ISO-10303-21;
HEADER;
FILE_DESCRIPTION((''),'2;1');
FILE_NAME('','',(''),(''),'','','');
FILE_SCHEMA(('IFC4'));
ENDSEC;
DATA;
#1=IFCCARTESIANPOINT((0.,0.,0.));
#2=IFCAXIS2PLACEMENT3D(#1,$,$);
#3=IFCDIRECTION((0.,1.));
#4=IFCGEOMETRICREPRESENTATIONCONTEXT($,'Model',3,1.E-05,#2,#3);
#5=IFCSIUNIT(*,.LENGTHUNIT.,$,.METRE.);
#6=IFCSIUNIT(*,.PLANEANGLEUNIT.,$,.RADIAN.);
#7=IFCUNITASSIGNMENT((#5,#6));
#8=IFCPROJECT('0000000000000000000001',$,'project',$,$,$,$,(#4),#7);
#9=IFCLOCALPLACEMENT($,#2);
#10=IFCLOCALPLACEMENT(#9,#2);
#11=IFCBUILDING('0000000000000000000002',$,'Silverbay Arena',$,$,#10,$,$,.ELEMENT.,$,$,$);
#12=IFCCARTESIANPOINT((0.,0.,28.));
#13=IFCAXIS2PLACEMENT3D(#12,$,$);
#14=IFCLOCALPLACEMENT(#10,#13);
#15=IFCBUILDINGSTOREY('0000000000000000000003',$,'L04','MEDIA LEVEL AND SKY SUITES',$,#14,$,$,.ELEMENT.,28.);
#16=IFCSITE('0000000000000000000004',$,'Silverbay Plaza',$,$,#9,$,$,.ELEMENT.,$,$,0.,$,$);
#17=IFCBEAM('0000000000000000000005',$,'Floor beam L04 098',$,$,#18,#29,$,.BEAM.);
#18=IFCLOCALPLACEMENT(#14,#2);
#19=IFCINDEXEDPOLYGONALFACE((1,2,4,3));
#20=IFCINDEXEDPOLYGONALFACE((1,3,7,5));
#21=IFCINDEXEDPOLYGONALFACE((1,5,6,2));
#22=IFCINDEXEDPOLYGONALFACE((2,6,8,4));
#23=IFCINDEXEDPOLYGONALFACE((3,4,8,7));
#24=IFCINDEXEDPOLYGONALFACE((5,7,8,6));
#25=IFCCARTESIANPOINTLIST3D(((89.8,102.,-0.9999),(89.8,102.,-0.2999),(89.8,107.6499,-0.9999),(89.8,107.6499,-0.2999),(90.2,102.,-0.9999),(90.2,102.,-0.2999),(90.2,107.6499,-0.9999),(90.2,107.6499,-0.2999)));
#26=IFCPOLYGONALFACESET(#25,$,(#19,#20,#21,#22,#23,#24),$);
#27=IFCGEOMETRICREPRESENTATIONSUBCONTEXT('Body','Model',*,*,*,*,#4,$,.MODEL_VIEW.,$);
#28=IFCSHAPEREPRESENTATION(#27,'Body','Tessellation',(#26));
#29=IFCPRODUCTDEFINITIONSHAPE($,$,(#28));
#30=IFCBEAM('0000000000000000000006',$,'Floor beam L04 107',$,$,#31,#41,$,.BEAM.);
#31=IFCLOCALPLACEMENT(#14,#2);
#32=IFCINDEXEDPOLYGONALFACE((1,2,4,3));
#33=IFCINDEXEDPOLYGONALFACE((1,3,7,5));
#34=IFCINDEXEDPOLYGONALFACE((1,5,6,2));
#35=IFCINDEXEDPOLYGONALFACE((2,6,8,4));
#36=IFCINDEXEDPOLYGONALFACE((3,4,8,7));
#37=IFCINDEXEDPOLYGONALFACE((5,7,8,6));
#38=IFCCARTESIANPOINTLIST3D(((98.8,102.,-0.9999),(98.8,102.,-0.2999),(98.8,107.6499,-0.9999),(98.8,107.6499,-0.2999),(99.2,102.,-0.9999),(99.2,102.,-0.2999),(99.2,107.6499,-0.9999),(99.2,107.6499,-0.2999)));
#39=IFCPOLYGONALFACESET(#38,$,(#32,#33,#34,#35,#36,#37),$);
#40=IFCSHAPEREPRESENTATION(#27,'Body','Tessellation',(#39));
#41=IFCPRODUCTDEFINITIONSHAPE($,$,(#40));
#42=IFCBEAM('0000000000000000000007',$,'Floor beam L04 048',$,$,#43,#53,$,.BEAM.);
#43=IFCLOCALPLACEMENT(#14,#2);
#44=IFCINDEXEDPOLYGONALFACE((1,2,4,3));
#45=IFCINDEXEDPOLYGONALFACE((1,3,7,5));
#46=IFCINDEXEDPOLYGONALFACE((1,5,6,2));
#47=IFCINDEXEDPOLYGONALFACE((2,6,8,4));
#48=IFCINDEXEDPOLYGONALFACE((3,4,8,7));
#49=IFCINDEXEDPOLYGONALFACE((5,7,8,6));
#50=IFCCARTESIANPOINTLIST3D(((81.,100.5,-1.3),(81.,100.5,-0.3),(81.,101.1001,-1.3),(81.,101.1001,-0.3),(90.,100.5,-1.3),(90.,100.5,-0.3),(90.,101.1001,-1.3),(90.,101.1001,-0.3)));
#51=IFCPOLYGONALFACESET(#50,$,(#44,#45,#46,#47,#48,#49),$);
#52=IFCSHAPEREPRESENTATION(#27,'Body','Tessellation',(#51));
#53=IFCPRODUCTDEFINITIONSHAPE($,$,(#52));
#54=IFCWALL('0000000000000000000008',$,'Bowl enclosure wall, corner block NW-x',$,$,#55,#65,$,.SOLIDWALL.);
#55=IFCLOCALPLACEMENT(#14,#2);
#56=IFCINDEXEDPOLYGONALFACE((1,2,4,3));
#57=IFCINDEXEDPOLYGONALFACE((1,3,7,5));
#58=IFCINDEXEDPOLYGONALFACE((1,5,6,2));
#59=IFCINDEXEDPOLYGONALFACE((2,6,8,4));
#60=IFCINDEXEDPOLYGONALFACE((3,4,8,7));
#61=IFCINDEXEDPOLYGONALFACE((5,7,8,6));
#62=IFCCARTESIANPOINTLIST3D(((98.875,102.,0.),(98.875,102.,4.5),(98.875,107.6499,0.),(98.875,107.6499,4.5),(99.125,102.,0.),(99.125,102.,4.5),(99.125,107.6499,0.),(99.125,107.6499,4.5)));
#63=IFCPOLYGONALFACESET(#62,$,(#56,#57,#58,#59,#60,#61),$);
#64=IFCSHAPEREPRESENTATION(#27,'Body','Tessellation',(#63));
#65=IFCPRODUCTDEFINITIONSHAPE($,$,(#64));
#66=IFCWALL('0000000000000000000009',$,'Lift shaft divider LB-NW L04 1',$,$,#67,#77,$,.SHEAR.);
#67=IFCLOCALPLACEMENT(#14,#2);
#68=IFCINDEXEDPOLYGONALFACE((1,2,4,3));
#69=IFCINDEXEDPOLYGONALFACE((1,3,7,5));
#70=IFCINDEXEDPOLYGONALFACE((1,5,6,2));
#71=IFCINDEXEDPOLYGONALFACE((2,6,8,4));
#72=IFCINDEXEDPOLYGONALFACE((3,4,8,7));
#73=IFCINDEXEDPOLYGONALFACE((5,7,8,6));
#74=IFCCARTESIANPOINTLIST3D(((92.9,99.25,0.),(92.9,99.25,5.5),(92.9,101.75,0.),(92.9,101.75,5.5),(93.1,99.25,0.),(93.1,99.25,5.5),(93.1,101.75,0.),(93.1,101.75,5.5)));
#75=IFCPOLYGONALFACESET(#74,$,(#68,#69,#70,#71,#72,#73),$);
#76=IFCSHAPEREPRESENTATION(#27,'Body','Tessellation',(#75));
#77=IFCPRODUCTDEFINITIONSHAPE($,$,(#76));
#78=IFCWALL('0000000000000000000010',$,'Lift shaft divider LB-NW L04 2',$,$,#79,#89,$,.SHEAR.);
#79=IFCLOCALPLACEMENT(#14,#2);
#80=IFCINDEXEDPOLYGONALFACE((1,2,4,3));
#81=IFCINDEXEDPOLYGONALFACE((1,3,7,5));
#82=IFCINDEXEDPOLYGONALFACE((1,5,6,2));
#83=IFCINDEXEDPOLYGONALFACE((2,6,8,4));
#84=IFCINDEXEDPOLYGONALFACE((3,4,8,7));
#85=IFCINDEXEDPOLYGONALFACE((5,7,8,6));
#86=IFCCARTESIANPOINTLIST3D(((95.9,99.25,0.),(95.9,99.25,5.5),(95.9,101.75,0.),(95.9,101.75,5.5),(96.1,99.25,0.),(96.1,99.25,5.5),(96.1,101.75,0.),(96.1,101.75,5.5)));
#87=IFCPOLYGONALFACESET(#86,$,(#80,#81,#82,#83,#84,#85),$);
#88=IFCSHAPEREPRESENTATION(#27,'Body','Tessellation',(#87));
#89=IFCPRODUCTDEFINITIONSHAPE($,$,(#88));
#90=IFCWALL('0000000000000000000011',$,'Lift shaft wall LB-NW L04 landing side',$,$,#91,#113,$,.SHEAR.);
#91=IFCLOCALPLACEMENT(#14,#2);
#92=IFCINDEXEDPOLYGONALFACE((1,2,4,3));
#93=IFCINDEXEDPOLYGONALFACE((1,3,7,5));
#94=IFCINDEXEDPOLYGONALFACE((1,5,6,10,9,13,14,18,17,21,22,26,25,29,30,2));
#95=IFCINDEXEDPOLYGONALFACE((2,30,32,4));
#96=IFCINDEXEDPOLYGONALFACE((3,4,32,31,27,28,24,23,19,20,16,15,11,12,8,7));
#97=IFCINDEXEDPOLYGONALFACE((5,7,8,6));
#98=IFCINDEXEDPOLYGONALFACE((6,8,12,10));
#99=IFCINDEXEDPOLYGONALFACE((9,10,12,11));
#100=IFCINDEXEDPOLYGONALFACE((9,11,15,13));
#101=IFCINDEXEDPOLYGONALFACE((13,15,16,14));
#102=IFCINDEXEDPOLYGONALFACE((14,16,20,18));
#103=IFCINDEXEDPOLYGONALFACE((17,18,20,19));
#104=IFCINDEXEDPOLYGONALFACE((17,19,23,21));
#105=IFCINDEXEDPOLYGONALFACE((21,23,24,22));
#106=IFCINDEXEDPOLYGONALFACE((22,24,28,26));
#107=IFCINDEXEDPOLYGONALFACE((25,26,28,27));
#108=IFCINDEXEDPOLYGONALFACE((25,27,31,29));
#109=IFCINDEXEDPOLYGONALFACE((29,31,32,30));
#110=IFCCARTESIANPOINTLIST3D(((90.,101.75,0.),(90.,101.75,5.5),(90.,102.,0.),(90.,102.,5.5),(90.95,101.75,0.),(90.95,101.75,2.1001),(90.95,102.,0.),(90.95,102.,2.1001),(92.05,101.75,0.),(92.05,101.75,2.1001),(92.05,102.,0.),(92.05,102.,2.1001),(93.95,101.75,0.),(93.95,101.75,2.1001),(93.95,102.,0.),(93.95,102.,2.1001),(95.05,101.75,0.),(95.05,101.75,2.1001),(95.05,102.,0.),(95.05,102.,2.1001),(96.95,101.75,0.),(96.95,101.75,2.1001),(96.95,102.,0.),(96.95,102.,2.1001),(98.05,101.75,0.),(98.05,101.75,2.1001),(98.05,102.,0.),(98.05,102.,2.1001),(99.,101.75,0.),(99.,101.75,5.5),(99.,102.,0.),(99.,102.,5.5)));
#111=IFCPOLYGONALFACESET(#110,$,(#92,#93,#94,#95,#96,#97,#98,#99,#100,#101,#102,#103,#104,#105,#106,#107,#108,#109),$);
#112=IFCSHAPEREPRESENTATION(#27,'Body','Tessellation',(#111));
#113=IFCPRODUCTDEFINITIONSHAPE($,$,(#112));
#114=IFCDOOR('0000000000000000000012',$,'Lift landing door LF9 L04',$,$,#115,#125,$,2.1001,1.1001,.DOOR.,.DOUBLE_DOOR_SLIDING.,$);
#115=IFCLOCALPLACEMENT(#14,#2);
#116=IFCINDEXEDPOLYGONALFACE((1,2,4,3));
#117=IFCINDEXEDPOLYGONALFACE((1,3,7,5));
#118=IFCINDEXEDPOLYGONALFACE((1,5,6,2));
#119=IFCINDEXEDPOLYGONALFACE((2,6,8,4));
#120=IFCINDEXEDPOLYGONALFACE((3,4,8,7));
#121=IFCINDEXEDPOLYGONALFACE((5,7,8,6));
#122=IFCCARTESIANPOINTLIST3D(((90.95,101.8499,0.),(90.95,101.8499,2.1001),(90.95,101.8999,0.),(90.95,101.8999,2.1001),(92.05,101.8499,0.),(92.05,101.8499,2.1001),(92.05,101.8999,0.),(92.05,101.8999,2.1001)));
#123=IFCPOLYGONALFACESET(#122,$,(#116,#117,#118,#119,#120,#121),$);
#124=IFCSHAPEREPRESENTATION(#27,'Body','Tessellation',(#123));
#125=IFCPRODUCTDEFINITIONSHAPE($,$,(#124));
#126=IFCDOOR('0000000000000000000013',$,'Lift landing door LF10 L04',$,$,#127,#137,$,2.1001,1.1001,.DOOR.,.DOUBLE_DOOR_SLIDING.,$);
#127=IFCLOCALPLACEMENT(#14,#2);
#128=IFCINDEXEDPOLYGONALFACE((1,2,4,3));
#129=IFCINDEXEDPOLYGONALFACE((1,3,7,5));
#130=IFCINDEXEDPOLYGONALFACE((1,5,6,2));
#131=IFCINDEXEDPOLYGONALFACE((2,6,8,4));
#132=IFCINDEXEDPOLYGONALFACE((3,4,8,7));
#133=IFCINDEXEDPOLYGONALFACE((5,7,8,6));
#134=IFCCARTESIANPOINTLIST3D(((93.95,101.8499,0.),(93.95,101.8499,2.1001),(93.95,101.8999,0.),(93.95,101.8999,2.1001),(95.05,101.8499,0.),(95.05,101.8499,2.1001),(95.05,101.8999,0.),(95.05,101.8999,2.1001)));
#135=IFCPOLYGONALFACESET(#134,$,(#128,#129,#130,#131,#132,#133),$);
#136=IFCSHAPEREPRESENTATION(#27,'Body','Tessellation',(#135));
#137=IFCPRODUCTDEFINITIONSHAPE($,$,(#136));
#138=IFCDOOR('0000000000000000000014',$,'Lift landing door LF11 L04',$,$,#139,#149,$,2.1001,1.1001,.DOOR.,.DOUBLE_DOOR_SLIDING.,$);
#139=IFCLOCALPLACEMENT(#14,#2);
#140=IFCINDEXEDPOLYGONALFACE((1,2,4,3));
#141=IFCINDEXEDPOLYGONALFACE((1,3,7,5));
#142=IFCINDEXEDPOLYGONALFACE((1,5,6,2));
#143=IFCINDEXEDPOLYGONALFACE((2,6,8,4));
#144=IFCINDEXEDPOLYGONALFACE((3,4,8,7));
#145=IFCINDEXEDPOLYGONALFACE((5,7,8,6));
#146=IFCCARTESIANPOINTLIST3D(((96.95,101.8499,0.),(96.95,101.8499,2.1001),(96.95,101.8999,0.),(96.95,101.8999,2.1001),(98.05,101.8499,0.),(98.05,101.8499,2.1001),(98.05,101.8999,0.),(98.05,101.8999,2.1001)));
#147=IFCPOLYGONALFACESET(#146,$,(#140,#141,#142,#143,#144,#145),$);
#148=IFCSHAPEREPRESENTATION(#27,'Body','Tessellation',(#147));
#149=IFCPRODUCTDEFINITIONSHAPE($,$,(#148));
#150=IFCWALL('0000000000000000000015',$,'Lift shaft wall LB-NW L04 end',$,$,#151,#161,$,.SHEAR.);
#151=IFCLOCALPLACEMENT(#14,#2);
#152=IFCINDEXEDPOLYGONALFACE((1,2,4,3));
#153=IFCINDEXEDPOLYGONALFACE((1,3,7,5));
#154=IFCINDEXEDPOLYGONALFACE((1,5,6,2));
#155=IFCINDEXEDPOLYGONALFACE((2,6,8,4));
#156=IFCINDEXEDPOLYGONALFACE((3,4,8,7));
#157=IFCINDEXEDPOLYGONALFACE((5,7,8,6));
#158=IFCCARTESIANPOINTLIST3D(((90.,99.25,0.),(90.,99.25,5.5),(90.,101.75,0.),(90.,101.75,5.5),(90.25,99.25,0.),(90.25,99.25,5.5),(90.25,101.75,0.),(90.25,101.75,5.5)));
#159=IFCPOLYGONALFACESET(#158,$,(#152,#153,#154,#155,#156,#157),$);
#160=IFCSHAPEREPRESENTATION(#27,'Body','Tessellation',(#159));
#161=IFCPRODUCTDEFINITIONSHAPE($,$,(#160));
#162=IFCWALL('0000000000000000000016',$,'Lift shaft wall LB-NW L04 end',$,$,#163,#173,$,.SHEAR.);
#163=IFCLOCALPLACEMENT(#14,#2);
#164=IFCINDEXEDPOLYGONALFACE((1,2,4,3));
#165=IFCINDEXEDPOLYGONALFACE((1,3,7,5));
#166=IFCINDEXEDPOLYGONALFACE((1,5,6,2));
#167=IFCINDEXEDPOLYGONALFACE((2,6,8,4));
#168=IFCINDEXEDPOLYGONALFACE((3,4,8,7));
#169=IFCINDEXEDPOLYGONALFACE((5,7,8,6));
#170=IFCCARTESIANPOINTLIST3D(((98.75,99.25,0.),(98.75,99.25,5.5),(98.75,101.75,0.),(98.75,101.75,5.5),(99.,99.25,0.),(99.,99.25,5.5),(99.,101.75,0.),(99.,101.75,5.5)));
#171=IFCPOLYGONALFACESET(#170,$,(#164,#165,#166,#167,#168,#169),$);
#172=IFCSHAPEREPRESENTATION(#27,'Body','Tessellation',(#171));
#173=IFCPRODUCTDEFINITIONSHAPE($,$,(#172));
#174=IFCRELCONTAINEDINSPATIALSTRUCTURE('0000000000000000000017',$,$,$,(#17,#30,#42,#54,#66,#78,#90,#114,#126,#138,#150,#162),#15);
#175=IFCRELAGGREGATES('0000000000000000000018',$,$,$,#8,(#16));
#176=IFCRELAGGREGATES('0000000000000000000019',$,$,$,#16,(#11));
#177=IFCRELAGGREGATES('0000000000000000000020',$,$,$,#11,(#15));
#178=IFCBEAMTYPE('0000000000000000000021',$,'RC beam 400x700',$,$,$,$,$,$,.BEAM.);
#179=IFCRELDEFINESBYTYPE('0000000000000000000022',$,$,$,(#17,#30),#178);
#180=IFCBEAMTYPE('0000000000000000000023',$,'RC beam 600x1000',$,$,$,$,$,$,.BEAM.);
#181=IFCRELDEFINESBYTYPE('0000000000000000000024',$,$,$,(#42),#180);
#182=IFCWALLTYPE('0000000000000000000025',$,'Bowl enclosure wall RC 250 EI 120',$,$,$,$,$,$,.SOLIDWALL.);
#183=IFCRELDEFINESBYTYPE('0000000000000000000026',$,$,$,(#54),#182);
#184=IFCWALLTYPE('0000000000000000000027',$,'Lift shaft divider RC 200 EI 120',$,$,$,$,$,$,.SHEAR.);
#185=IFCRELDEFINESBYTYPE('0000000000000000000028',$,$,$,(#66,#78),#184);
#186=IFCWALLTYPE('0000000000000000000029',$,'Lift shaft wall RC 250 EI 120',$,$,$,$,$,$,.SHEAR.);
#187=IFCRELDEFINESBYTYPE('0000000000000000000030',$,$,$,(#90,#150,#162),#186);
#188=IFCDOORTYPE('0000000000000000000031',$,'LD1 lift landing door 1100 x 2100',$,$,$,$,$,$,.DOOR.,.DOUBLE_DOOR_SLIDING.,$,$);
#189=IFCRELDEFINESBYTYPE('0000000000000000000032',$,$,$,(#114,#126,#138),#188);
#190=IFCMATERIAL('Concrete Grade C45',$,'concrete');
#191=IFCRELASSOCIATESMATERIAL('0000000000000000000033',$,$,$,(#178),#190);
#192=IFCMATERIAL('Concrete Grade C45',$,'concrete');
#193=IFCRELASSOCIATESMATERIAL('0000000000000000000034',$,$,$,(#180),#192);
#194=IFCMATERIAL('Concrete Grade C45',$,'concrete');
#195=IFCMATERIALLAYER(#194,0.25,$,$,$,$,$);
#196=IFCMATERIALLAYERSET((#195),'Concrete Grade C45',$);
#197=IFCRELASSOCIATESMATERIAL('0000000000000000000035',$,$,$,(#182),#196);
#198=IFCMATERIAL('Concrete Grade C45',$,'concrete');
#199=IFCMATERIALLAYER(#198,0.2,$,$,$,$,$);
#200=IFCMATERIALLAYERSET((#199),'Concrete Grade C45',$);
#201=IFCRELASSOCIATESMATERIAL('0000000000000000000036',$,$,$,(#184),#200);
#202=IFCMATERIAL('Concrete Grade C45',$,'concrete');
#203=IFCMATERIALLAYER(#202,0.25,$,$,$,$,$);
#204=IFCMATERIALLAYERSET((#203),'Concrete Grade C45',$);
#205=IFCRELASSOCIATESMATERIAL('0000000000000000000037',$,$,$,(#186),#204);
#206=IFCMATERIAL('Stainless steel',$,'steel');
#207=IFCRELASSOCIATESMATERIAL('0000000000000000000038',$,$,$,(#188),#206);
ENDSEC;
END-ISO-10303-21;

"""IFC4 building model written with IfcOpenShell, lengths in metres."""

from ifc_helpers import new_model, si_unit, direction, frame, frame_2d, origin, origin_2d, place, context, subcontext, project, spatial, rectangle, extrude, material, layer, layer_set, material_profile, profile_set, type_object, element, fill, save


model = new_model("IFC4")

# Units and contexts
model_context = context("Model", 3, precision=1e-05, world=origin(), true_north=direction((0.0, 1.0)))
body_context = subcontext(model_context, "Body", "Model", "MODEL_VIEW")
ifc_project = project(units=[si_unit("LENGTHUNIT", "METRE"), si_unit("PLANEANGLEUNIT", "RADIAN")], contexts=[model_context])

# Site, building, storey
site_placement = place(None, origin())
site = spatial("IfcSite", under=ifc_project, at=site_placement, Name="Silverbay Plaza", CompositionType="ELEMENT", RefElevation=0.0)
building_placement = place(site_placement, origin())
building = spatial("IfcBuilding", under=site, at=building_placement, Name="Silverbay Arena", CompositionType="ELEMENT")
storey_placement = place(building_placement, frame((0.0, 0.0, 28.0)))
storey = spatial("IfcBuildingStorey", under=building, at=storey_placement, Name="L04", Description="MEDIA LEVEL AND SKY SUITES", CompositionType="ELEMENT", Elevation=28.0)

# Beams
ifc_material_1 = material(Name="Concrete Grade C45", Category="concrete")
ifc_material_profile_1 = material_profile(ifc_material_1, rectangle(XDim=0.3999, YDim=0.7, at=origin_2d()), Name="RC 400x700")
ifc_profile_set_1 = profile_set([ifc_material_profile_1], Name="Concrete Grade C45")
beam_type_1 = type_object("IfcBeamType", Name="RC beam 400x700", PredefinedType="BEAM", material=ifc_profile_set_1)
for number, where, z_axis, x_axis, name in (
    (1, (90.0, 102.0, -0.6499), (0.0, 1.0, 0.0), (-1.0, 0.0, 0.0), "Floor beam L04 098"),
    (2, (99.0, 102.0, -0.6499), (0.0, 1.0, 0.0), (-1.0, 0.0, 0.0), "Floor beam L04 107"),
):
    element("IfcBeam", number, at=place(storey_placement, frame(where, z_axis=z_axis, x_axis=x_axis)), inside=storey, type_object=beam_type_1, Name=name, PredefinedType="BEAM", context=body_context, shape_type="SweptSolid", body=[
        extrude(rectangle(XDim=0.3999, YDim=0.7, at=origin_2d()), origin(), (0.0, 0.0, 1.0), 5.6499),
    ])
ifc_material_2 = material(Name="Concrete Grade C45", Category="concrete")
ifc_material_profile_2 = material_profile(ifc_material_2, rectangle(XDim=0.6001, YDim=1.0, at=origin_2d()), Name="RC 600x1000")
ifc_profile_set_2 = profile_set([ifc_material_profile_2], Name="Concrete Grade C45")
beam_type_2 = type_object("IfcBeamType", Name="RC beam 600x1000", PredefinedType="BEAM", material=ifc_profile_set_2)
beam_placement = place(storey_placement, frame((81.0, 100.8, -0.8), z_axis=(1.0, 0.0, 0.0), x_axis=(0.0, 1.0, 0.0)))
element("IfcBeam", 3, at=beam_placement, inside=storey, type_object=beam_type_2, Name="Floor beam L04 048", PredefinedType="BEAM", context=body_context, shape_type="SweptSolid", body=[
    extrude(rectangle(XDim=0.6001, YDim=1.0, at=origin_2d()), origin(), (0.0, 0.0, 1.0), 9.0),
])

# Walls
ifc_material_3 = material(Name="Concrete Grade C45", Category="concrete")
ifc_layer_1 = layer(ifc_material_3, 0.25)
ifc_layer_set_1 = layer_set([ifc_layer_1], Name="Concrete Grade C45")
wall_type_1 = type_object("IfcWallType", Name="Bowl enclosure wall RC 250 EI 120", PredefinedType="SOLIDWALL", material=ifc_layer_set_1)
wall_1_placement = place(storey_placement, frame((99.0, 102.0, 0.0), z_axis=(0.0, 0.0, 1.0), x_axis=(0.0, 1.0, 0.0)))
element("IfcWall", 4, at=wall_1_placement, inside=storey, type_object=wall_type_1, Name="Bowl enclosure wall, corner block NW-x", PredefinedType="SOLIDWALL", context=body_context, shape_type="SweptSolid", body=[
    extrude(rectangle(XDim=5.6499, YDim=0.25, at=frame_2d((2.825, 0.0))), origin(), (0.0, 0.0, 1.0), 4.5),
])
ifc_material_4 = material(Name="Concrete Grade C45", Category="concrete")
ifc_layer_2 = layer(ifc_material_4, 0.2)
ifc_layer_set_2 = layer_set([ifc_layer_2], Name="Concrete Grade C45")
wall_type_2 = type_object("IfcWallType", Name="Lift shaft divider RC 200 EI 120", PredefinedType="SHEAR", material=ifc_layer_set_2)
for number, where, z_axis, x_axis, name in (
    (5, (93.0, 99.25, 0.0), (0.0, 0.0, 1.0), (0.0, 1.0, 0.0), "Lift shaft divider LB-NW L04 1"),
    (6, (96.0, 99.25, 0.0), (0.0, 0.0, 1.0), (0.0, 1.0, 0.0), "Lift shaft divider LB-NW L04 2"),
):
    element("IfcWall", number, at=place(storey_placement, frame(where, z_axis=z_axis, x_axis=x_axis)), inside=storey, type_object=wall_type_2, Name=name, PredefinedType="SHEAR", context=body_context, shape_type="SweptSolid", body=[
        extrude(rectangle(XDim=2.5, YDim=0.2, at=frame_2d((1.25, 0.0))), origin(), (0.0, 0.0, 1.0), 5.5),
    ])

# Wall, openings, doors
ifc_material_5 = material(Name="Concrete Grade C45", Category="concrete")
ifc_layer_3 = layer(ifc_material_5, 0.25)
ifc_layer_set_3 = layer_set([ifc_layer_3], Name="Concrete Grade C45")
wall_type_3 = type_object("IfcWallType", Name="Lift shaft wall RC 250 EI 120", PredefinedType="SHEAR", material=ifc_layer_set_3)
wall_2_placement = place(storey_placement, frame((90.0, 101.875, 0.0), z_axis=(0.0, 0.0, 1.0), x_axis=(1.0, 0.0, 0.0)))
wall_2 = element("IfcWall", 7, at=wall_2_placement, inside=storey, type_object=wall_type_3, Name="Lift shaft wall LB-NW L04 landing side", PredefinedType="SHEAR", context=body_context, shape_type="SweptSolid", body=[
    extrude(rectangle(XDim=9.0, YDim=0.25, at=frame_2d((4.5, 0.0))), origin(), (0.0, 0.0, 1.0), 5.5),
])
opening_1_placement = place(wall_2_placement, frame((0.95, 0.0, 0.0)))
opening_1 = element("IfcOpeningElement", 8, at=opening_1_placement, cuts=wall_2, PredefinedType="OPENING", context=body_context, shape_type="SweptSolid", body=[
    extrude(rectangle(XDim=1.1001, YDim=2.1001, at=frame_2d((0.55, 1.05))), frame((0.0, 0.135, 0.0), z_axis=(0.0, -1.0, 0.0), x_axis=(1.0, 0.0, 0.0)), (0.0, 0.0, 1.0), 0.27),
])
opening_2_placement = place(wall_2_placement, frame((3.95, 0.0, 0.0)))
opening_2 = element("IfcOpeningElement", 9, at=opening_2_placement, cuts=wall_2, PredefinedType="OPENING", context=body_context, shape_type="SweptSolid", body=[
    extrude(rectangle(XDim=1.1001, YDim=2.1001, at=frame_2d((0.55, 1.05))), frame((0.0, 0.135, 0.0), z_axis=(0.0, -1.0, 0.0), x_axis=(1.0, 0.0, 0.0)), (0.0, 0.0, 1.0), 0.27),
])
opening_3_placement = place(wall_2_placement, frame((6.95, 0.0, 0.0)))
opening_3 = element("IfcOpeningElement", 10, at=opening_3_placement, cuts=wall_2, PredefinedType="OPENING", context=body_context, shape_type="SweptSolid", body=[
    extrude(rectangle(XDim=1.1001, YDim=2.1001, at=frame_2d((0.55, 1.05))), frame((0.0, 0.135, 0.0), z_axis=(0.0, -1.0, 0.0), x_axis=(1.0, 0.0, 0.0)), (0.0, 0.0, 1.0), 0.27),
])
ifc_material_6 = material(Name="Stainless steel", Category="steel")
door_type = type_object("IfcDoorType", Name="LD1 lift landing door 1100 x 2100", OperationType="DOUBLE_DOOR_SLIDING", PredefinedType="DOOR", material=ifc_material_6)
door_1_placement = place(opening_1_placement, origin())
door_1 = element("IfcDoor", 11, at=door_1_placement, inside=storey, type_object=door_type, Name="Lift landing door LF9 L04", OperationType="DOUBLE_DOOR_SLIDING", OverallHeight=2.1001, OverallWidth=1.1001, PredefinedType="DOOR", context=body_context, shape_type="SweptSolid", body=[
    extrude(rectangle(XDim=1.1001, YDim=2.1001, at=frame_2d((0.55, 1.05))), frame((0.0, 0.0249, 0.0), z_axis=(0.0, -1.0, 0.0), x_axis=(1.0, 0.0, 0.0)), (0.0, 0.0, 1.0), 0.05),
])
fill(opening_1, door_1)
door_2_placement = place(opening_2_placement, origin())
door_2 = element("IfcDoor", 12, at=door_2_placement, inside=storey, type_object=door_type, Name="Lift landing door LF10 L04", OperationType="DOUBLE_DOOR_SLIDING", OverallHeight=2.1001, OverallWidth=1.1001, PredefinedType="DOOR", context=body_context, shape_type="SweptSolid", body=[
    extrude(rectangle(XDim=1.1001, YDim=2.1001, at=frame_2d((0.55, 1.05))), frame((0.0, 0.0249, 0.0), z_axis=(0.0, -1.0, 0.0), x_axis=(1.0, 0.0, 0.0)), (0.0, 0.0, 1.0), 0.05),
])
fill(opening_2, door_2)
door_3_placement = place(opening_3_placement, origin())
door_3 = element("IfcDoor", 13, at=door_3_placement, inside=storey, type_object=door_type, Name="Lift landing door LF11 L04", OperationType="DOUBLE_DOOR_SLIDING", OverallHeight=2.1001, OverallWidth=1.1001, PredefinedType="DOOR", context=body_context, shape_type="SweptSolid", body=[
    extrude(rectangle(XDim=1.1001, YDim=2.1001, at=frame_2d((0.55, 1.05))), frame((0.0, 0.0249, 0.0), z_axis=(0.0, -1.0, 0.0), x_axis=(1.0, 0.0, 0.0)), (0.0, 0.0, 1.0), 0.05),
])
fill(opening_3, door_3)

# Walls
for number, where, z_axis, x_axis, name in (
    (14, (90.125, 99.25, 0.0), (0.0, 0.0, 1.0), (0.0, 1.0, 0.0), "Lift shaft wall LB-NW L04 end"),
    (15, (98.875, 99.25, 0.0), (0.0, 0.0, 1.0), (0.0, 1.0, 0.0), "Lift shaft wall LB-NW L04 end"),
):
    element("IfcWall", number, at=place(storey_placement, frame(where, z_axis=z_axis, x_axis=x_axis)), inside=storey, type_object=wall_type_3, Name=name, PredefinedType="SHEAR", context=body_context, shape_type="SweptSolid", body=[
        extrude(rectangle(XDim=2.5, YDim=0.25, at=frame_2d((1.25, 0.0))), origin(), (0.0, 0.0, 1.0), 5.5),
    ])

save(model, "model.ifc")
